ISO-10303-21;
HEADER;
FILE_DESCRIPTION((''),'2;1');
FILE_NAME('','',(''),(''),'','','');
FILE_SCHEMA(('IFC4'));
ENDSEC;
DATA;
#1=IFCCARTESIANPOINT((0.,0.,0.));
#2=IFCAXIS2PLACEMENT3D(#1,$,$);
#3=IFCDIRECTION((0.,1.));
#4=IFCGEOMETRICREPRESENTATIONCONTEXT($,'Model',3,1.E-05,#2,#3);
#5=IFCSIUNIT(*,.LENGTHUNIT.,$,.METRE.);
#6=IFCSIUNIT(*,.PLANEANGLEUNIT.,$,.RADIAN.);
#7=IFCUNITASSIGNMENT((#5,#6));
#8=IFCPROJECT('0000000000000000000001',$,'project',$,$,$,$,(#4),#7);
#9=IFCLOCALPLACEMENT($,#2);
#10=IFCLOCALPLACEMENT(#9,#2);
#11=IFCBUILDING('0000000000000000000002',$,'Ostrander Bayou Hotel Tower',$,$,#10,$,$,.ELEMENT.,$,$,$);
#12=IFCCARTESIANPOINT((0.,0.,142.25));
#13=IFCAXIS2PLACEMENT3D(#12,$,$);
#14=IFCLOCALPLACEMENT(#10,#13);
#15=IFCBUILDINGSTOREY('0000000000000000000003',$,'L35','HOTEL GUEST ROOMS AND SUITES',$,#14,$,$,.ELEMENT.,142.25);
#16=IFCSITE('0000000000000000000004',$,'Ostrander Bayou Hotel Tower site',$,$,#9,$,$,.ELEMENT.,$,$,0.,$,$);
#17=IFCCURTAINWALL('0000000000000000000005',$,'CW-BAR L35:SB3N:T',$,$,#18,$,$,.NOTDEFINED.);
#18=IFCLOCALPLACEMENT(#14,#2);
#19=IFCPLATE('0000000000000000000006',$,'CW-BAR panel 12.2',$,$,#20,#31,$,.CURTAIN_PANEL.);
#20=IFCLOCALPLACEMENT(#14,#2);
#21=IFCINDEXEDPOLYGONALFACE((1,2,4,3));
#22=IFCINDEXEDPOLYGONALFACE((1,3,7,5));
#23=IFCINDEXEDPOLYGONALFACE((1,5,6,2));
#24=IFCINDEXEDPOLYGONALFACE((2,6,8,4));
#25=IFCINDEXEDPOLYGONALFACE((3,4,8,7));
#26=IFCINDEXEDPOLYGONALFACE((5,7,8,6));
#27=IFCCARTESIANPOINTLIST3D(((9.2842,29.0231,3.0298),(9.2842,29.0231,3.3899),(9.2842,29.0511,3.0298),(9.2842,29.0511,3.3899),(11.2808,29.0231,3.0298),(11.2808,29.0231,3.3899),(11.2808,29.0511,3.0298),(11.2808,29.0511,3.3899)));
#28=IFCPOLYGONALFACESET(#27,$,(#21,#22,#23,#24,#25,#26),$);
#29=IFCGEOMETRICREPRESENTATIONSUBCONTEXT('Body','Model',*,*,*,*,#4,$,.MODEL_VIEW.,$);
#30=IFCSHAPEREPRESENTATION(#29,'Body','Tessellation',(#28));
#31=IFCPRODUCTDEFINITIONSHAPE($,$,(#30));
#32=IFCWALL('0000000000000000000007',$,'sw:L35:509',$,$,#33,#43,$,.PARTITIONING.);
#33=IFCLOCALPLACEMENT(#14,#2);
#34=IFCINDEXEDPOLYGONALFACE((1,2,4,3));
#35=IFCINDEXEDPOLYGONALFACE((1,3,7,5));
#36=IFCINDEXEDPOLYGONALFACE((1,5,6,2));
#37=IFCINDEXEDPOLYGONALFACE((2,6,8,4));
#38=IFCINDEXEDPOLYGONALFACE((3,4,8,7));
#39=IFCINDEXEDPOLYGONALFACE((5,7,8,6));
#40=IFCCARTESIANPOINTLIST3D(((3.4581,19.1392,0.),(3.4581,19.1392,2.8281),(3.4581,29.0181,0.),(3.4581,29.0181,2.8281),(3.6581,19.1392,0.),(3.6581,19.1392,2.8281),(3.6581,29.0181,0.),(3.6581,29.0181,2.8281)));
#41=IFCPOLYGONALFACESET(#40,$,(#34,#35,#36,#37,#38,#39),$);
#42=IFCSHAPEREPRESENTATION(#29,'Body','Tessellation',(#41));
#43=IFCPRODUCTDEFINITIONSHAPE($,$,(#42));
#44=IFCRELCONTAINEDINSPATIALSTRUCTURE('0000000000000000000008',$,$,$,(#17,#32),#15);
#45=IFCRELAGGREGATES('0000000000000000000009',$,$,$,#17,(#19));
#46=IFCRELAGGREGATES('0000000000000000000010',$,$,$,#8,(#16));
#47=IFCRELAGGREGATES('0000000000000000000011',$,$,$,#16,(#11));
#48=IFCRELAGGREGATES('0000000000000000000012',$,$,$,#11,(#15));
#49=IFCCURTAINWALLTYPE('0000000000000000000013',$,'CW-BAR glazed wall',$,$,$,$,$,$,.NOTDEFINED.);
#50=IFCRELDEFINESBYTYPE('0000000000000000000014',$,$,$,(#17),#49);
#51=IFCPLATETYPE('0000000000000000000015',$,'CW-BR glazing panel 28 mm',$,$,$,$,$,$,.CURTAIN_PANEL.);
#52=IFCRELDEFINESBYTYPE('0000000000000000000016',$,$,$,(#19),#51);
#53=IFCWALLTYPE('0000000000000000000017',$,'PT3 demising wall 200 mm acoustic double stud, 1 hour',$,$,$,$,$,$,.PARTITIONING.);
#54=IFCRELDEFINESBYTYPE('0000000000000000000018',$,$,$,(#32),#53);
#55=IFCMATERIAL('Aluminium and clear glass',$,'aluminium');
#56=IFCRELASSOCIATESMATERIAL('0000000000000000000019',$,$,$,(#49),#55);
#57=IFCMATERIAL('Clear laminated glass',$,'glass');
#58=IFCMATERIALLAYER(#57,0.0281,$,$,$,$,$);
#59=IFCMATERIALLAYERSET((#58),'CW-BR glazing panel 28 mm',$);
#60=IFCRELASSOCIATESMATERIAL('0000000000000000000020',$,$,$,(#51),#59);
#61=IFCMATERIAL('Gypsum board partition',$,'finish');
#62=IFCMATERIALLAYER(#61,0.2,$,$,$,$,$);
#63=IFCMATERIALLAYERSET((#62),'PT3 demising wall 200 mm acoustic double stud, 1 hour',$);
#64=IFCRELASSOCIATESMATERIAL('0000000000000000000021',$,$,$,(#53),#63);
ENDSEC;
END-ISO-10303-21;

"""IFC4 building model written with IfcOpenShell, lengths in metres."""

from ifc_helpers import new_model, si_unit, direction, frame, frame_2d, origin, origin_2d, place, context, subcontext, project, spatial, rectangle, extrude, material, layer, layer_set, type_object, element, aggregate, save


model = new_model("IFC4")

# Units and contexts
model_context = context("Model", 3, precision=1e-05, world=origin(), true_north=direction((0.0, 1.0)))
body_context = subcontext(model_context, "Body", "Model", "MODEL_VIEW")
ifc_project = project(units=[si_unit("LENGTHUNIT", "METRE"), si_unit("PLANEANGLEUNIT", "RADIAN")], contexts=[model_context])

# Site, building, storey
site_placement = place(None, origin())
site = spatial("IfcSite", under=ifc_project, at=site_placement, Name="Ostrander Bayou Hotel Tower site", CompositionType="ELEMENT", RefElevation=0.0)
building_placement = place(site_placement, origin())
building = spatial("IfcBuilding", under=site, at=building_placement, Name="Ostrander Bayou Hotel Tower", CompositionType="ELEMENT")
storey_placement = place(building_placement, frame((0.0, 0.0, 142.25)))
storey = spatial("IfcBuildingStorey", under=building, at=storey_placement, Name="L35", Description="HOTEL GUEST ROOMS AND SUITES", CompositionType="ELEMENT", Elevation=142.25)

# Curtain wall, plate
ifc_material_1 = material(Name="Aluminium and clear glass", Category="aluminium")
curtain_wall_type = type_object("IfcCurtainWallType", Name="CW-BAR glazed wall", PredefinedType="NOTDEFINED", material=ifc_material_1)
curtain_wall_placement = place(storey_placement, origin())
curtain_wall = element("IfcCurtainWall", 1, at=curtain_wall_placement, inside=storey, type_object=curtain_wall_type, Name="CW-BAR L35:SB3N:T", PredefinedType="NOTDEFINED")
ifc_material_2 = material(Name="Clear laminated glass", Category="glass")
ifc_layer_1 = layer(ifc_material_2, 0.0281)
ifc_layer_set_1 = layer_set([ifc_layer_1], Name="CW-BR glazing panel 28 mm")
plate_type = type_object("IfcPlateType", Name="CW-BR glazing panel 28 mm", PredefinedType="CURTAIN_PANEL", material=ifc_layer_set_1)
plate_1_placement = place(storey_placement, frame((10.2825, 29.0371, 3.0298), z_axis=(0.0, 0.0, 1.0), x_axis=(1.0, 0.0, 0.0)))
plate_1 = element("IfcPlate", 2, at=plate_1_placement, type_object=plate_type, Name="CW-BAR panel 12.2", PredefinedType="CURTAIN_PANEL", context=body_context, shape_type="SweptSolid", body=[
    extrude(rectangle(XDim=1.9966, YDim=0.0281, at=origin_2d()), origin(), (0.0, 0.0, 1.0), 0.3601),
])
aggregate(curtain_wall, [plate_1])

# Wall
ifc_material_3 = material(Name="Gypsum board partition", Category="finish")
ifc_layer_2 = layer(ifc_material_3, 0.2)
ifc_layer_set_2 = layer_set([ifc_layer_2], Name="PT3 demising wall 200 mm acoustic double stud, 1 hour")
wall_type = type_object("IfcWallType", Name="PT3 demising wall 200 mm acoustic double stud, 1 hour", PredefinedType="PARTITIONING", material=ifc_layer_set_2)
wall_placement = place(storey_placement, frame((3.5581, 19.1392, 0.0), z_axis=(0.0, 0.0, 1.0), x_axis=(0.0, 1.0, 0.0)))
element("IfcWall", 3, at=wall_placement, inside=storey, type_object=wall_type, Name="sw:L35:509", PredefinedType="PARTITIONING", context=body_context, shape_type="SweptSolid", body=[
    extrude(rectangle(XDim=9.8789, YDim=0.2, at=frame_2d((4.9395, 0.0))), origin(), (0.0, 0.0, 1.0), 2.8281),
])

save(model, "model.ifc")
